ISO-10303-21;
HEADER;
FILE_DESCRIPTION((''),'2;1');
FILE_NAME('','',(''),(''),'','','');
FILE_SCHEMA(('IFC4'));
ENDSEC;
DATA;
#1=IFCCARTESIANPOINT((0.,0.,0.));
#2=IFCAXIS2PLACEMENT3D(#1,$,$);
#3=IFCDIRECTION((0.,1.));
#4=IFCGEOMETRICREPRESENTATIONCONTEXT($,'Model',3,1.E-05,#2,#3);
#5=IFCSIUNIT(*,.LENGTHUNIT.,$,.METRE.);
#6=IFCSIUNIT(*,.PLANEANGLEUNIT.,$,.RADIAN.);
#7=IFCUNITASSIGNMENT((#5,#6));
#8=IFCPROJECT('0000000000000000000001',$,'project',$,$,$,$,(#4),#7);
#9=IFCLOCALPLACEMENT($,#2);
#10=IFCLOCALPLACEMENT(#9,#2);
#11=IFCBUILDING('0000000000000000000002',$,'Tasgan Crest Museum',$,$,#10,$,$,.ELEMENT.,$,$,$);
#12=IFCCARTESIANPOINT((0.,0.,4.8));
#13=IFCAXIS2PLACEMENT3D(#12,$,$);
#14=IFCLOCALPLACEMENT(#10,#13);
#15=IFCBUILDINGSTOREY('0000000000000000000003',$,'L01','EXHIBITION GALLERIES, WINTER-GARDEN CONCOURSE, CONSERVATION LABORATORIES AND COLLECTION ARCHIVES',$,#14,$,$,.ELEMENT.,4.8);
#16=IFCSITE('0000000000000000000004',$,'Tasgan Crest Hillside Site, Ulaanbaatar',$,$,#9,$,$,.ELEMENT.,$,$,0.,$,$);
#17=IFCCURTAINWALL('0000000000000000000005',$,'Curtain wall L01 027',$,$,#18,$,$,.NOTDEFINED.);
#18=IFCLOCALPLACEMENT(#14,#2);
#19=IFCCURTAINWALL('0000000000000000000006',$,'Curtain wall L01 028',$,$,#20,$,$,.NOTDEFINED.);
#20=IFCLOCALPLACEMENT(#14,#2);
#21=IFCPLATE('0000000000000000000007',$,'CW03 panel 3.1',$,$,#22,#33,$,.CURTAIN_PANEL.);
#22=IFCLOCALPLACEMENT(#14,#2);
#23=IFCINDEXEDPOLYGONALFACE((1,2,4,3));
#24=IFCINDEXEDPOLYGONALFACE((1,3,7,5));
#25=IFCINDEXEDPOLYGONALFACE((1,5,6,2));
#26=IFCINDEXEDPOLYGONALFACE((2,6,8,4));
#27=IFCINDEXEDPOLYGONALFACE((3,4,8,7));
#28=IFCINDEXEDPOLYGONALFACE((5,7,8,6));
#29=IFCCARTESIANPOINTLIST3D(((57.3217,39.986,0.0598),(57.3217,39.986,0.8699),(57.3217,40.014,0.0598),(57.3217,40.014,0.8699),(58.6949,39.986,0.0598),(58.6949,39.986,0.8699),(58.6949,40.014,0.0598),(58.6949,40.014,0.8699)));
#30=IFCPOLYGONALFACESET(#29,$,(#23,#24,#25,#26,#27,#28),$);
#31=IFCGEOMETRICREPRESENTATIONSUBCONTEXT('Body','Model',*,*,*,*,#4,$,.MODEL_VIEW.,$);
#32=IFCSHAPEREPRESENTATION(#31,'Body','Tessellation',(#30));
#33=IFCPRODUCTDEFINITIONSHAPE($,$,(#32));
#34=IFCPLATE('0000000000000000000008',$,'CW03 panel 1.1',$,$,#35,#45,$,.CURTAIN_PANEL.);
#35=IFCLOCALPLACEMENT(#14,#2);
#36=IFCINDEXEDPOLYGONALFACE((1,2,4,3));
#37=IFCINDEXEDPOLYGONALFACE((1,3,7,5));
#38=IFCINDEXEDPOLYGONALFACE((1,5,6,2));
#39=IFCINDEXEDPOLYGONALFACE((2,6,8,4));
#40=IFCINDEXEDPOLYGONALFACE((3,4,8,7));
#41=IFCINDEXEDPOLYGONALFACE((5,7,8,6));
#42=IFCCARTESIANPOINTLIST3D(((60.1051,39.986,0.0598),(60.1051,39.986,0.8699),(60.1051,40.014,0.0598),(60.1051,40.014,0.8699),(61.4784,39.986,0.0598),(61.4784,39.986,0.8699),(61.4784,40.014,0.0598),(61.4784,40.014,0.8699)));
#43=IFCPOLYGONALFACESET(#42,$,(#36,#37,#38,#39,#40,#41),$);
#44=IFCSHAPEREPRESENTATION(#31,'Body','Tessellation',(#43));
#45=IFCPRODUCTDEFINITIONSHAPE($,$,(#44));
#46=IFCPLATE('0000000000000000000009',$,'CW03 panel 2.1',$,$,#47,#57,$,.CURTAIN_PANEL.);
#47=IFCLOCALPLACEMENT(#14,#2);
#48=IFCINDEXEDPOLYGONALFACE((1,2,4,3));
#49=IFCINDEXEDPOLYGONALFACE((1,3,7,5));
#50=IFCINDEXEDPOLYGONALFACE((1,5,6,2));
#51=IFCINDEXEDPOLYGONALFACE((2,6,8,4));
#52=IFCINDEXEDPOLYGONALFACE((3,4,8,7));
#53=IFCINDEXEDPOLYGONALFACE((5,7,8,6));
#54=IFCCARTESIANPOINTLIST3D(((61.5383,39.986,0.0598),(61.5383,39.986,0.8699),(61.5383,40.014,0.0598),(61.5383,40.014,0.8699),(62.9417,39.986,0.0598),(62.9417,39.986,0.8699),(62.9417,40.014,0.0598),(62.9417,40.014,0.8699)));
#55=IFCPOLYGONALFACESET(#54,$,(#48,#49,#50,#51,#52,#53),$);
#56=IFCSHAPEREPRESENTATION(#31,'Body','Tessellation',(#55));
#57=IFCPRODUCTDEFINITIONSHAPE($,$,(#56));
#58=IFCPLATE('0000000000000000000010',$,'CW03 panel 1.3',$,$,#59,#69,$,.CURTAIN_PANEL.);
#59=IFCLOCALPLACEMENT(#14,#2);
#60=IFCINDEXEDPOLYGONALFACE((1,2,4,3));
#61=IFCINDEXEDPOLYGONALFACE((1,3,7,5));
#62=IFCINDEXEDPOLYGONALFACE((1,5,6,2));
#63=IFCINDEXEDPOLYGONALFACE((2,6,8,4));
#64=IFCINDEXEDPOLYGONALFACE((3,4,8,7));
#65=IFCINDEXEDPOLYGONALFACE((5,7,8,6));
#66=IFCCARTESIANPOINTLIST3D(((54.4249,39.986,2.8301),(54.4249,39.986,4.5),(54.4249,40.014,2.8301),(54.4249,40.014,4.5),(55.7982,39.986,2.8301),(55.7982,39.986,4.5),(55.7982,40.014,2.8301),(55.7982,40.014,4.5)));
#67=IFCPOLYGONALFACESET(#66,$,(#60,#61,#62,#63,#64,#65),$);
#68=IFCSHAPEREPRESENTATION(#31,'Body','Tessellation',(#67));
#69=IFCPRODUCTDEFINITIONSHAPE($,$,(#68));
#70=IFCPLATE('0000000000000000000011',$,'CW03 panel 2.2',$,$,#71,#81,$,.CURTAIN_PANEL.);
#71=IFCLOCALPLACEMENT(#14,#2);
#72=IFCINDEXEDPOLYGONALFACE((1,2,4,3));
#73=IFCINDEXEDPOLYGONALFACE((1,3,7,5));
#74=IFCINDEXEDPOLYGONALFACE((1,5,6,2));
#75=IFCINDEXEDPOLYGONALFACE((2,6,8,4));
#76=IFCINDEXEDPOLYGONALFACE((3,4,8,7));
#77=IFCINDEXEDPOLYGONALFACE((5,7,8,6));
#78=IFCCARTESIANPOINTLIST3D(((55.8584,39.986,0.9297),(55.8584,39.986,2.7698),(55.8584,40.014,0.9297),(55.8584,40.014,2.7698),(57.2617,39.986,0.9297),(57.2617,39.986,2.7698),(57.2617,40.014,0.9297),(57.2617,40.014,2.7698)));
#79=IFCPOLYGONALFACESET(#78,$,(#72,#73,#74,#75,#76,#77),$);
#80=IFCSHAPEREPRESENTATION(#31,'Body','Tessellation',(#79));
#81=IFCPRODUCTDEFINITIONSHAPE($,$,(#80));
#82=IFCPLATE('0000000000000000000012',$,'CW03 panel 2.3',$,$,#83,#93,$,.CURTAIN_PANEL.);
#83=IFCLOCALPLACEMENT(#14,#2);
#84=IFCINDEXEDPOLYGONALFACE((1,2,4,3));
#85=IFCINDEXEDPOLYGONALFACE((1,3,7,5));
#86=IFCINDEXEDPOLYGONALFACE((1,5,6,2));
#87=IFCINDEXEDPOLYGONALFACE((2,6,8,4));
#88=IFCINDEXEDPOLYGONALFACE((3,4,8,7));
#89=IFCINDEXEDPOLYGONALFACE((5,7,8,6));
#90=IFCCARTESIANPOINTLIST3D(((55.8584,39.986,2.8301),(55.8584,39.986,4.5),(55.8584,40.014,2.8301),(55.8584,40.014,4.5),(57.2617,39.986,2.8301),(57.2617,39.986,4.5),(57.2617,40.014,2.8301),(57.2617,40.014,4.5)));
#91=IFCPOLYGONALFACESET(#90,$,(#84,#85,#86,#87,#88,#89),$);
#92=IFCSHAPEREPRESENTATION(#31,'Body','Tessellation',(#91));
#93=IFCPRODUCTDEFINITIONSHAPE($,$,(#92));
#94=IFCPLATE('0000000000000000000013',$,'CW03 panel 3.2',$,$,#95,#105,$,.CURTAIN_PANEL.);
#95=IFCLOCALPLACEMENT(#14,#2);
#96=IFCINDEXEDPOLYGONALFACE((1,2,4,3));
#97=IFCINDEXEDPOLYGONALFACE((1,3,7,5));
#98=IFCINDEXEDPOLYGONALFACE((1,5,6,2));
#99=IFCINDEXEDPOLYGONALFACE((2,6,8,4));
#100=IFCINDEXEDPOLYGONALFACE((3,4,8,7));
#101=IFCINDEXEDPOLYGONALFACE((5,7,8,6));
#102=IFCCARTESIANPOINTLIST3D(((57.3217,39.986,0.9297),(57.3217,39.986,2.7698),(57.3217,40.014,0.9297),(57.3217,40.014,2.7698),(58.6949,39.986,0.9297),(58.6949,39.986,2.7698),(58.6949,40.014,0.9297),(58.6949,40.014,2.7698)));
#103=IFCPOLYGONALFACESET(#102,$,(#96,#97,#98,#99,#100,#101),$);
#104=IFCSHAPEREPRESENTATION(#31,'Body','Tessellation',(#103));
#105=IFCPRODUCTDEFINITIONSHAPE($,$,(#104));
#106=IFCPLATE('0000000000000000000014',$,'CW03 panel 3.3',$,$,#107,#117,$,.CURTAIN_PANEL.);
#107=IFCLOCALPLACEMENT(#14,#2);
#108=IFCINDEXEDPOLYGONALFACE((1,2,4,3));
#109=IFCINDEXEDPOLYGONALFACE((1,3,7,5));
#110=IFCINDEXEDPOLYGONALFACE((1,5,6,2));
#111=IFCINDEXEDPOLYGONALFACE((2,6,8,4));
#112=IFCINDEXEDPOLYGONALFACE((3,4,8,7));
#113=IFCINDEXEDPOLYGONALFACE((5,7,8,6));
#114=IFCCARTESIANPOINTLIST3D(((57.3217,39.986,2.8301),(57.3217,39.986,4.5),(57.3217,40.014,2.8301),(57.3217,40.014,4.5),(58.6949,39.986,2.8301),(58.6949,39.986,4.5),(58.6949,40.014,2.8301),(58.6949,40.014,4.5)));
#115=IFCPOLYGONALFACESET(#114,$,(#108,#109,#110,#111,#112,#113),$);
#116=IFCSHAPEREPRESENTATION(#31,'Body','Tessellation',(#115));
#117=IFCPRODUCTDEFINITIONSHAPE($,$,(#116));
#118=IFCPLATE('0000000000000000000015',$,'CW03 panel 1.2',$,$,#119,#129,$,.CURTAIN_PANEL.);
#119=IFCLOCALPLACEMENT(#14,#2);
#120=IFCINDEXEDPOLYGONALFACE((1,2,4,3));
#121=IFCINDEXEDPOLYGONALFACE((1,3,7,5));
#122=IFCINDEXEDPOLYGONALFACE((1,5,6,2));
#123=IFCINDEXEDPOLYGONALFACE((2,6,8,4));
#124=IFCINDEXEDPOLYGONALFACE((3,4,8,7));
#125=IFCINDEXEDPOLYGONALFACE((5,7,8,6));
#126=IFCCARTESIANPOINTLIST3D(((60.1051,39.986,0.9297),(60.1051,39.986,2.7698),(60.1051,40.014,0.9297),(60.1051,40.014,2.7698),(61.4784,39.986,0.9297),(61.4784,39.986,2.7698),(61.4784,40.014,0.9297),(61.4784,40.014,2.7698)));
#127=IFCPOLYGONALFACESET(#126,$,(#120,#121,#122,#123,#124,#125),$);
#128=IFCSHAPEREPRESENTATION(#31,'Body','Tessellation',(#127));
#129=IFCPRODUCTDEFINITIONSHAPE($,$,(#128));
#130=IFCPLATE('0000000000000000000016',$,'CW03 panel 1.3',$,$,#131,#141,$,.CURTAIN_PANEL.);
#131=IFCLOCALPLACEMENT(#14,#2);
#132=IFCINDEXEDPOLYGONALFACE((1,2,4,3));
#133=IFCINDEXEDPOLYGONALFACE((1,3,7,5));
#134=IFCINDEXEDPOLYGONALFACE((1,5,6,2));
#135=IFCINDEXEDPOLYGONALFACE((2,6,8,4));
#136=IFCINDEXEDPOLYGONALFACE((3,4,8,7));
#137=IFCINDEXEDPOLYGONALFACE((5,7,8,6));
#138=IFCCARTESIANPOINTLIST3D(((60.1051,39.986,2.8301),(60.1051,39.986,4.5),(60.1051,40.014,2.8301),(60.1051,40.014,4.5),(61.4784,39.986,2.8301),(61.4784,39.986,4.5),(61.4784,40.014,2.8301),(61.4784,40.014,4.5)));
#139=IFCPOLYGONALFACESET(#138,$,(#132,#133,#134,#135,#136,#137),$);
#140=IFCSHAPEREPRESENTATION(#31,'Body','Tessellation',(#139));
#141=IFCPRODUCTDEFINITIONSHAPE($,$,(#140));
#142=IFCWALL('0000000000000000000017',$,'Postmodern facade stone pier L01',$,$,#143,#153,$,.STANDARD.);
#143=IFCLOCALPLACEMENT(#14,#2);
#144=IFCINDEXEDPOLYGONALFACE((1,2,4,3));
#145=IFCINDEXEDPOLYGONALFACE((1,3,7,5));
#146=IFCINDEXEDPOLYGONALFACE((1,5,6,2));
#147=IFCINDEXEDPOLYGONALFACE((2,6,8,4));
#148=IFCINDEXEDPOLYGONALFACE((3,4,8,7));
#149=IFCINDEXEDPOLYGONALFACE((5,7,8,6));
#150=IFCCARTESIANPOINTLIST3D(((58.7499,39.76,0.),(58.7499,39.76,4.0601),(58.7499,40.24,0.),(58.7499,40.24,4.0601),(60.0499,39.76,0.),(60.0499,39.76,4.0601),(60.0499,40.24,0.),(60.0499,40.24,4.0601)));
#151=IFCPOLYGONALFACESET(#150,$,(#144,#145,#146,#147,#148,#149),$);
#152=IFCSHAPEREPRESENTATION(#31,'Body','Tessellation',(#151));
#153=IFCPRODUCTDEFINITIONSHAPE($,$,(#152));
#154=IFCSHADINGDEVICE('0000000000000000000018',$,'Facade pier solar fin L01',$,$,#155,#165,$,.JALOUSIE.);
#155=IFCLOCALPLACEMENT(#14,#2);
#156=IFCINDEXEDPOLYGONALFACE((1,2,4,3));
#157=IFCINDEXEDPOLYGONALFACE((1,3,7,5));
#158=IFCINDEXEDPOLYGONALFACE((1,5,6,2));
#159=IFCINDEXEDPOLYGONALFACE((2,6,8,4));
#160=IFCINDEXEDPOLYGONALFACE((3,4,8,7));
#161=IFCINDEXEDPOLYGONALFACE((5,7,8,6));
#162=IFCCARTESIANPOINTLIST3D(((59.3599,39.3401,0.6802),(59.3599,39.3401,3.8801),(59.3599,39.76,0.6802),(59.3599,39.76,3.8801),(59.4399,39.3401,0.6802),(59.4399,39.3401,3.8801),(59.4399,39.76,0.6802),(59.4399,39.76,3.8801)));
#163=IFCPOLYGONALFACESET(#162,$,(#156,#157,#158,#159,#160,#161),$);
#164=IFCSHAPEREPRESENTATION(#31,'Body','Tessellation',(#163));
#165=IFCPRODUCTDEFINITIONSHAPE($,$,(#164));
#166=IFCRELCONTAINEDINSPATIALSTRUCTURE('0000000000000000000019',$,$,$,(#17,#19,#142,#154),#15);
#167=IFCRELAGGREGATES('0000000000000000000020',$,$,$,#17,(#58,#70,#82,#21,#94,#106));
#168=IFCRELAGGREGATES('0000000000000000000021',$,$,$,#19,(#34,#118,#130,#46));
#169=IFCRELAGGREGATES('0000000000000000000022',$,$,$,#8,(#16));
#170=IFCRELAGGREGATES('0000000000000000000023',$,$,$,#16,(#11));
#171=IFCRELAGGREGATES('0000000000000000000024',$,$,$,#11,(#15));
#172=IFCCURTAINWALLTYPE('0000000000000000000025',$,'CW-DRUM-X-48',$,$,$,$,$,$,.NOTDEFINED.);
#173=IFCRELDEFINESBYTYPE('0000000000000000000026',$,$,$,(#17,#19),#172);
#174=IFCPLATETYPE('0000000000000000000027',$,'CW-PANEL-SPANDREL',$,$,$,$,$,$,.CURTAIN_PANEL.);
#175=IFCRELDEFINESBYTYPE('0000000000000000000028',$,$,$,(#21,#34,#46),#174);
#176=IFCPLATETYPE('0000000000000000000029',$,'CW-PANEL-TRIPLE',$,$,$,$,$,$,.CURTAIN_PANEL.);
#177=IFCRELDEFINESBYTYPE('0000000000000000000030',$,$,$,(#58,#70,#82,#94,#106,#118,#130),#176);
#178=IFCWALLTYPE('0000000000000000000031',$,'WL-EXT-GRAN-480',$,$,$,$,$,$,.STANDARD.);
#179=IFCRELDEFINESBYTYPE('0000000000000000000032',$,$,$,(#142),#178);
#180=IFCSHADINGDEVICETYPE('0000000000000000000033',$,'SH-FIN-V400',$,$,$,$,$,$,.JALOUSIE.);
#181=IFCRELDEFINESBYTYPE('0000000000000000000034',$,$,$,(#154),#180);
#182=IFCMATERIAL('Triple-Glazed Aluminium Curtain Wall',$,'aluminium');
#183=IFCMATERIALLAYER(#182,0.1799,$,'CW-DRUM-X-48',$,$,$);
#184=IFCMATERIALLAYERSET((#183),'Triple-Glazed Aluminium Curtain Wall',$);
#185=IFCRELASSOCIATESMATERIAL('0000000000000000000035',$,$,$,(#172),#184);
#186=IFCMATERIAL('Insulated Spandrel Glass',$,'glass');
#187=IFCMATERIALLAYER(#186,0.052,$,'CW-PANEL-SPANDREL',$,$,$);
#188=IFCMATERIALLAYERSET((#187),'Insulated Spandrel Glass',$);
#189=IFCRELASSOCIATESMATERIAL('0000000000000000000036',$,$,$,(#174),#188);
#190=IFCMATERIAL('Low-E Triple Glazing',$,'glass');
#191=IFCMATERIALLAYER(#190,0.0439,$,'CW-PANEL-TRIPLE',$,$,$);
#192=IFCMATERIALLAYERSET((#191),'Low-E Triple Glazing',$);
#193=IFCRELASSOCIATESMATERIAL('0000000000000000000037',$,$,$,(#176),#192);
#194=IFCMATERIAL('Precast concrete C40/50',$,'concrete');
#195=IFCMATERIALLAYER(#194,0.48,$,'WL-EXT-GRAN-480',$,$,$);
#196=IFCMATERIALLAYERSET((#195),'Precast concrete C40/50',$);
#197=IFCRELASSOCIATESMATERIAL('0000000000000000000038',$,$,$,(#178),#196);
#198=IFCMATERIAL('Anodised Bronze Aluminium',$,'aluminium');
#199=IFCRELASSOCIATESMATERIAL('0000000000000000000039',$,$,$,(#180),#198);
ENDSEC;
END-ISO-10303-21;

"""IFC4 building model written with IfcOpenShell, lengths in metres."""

from ifc_helpers import new_model, si_unit, direction, frame, frame_2d, origin, origin_2d, place, context, subcontext, project, spatial, rectangle, extrude, material, layer, layer_set, type_object, element, aggregate, save


model = new_model("IFC4")

# Units and contexts
model_context = context("Model", 3, precision=1e-05, world=origin(), true_north=direction((0.0, 1.0)))
body_context = subcontext(model_context, "Body", "Model", "MODEL_VIEW")
ifc_project = project(units=[si_unit("LENGTHUNIT", "METRE"), si_unit("PLANEANGLEUNIT", "RADIAN")], contexts=[model_context])

# Site, building, storey
site_placement = place(None, origin())
site = spatial("IfcSite", under=ifc_project, at=site_placement, Name="Tasgan Crest Hillside Site, Ulaanbaatar", CompositionType="ELEMENT", RefElevation=0.0)
building_placement = place(site_placement, origin())
building = spatial("IfcBuilding", under=site, at=building_placement, Name="Tasgan Crest Museum", CompositionType="ELEMENT")
storey_placement = place(building_placement, frame((0.0, 0.0, 4.8)))
storey = spatial("IfcBuildingStorey", under=building, at=storey_placement, Name="L01", Description="EXHIBITION GALLERIES, WINTER-GARDEN CONCOURSE, CONSERVATION LABORATORIES AND COLLECTION ARCHIVES", CompositionType="ELEMENT", Elevation=4.8)

# Curtain walls
ifc_material_1 = material(Name="Triple-Glazed Aluminium Curtain Wall", Category="aluminium")
ifc_layer_1 = layer(ifc_material_1, 0.1799, Name="CW-DRUM-X-48")
ifc_layer_set_1 = layer_set([ifc_layer_1], Name="Triple-Glazed Aluminium Curtain Wall")
curtain_wall_type = type_object("IfcCurtainWallType", Name="CW-DRUM-X-48", PredefinedType="NOTDEFINED", material=ifc_layer_set_1)
curtain_wall_1_placement = place(storey_placement, origin())
curtain_wall_1 = element("IfcCurtainWall", 1, at=curtain_wall_1_placement, inside=storey, type_object=curtain_wall_type, Name="Curtain wall L01 027", PredefinedType="NOTDEFINED")
curtain_wall_2_placement = place(storey_placement, origin())
curtain_wall_2 = element("IfcCurtainWall", 2, at=curtain_wall_2_placement, inside=storey, type_object=curtain_wall_type, Name="Curtain wall L01 028", PredefinedType="NOTDEFINED")

# Plates
ifc_material_2 = material(Name="Insulated Spandrel Glass", Category="glass")
ifc_layer_2 = layer(ifc_material_2, 0.052, Name="CW-PANEL-SPANDREL")
ifc_layer_set_2 = layer_set([ifc_layer_2], Name="Insulated Spandrel Glass")
plate_type_1 = type_object("IfcPlateType", Name="CW-PANEL-SPANDREL", PredefinedType="CURTAIN_PANEL", material=ifc_layer_set_2)
plate_1_placement = place(storey_placement, frame((58.0083, 40.0, 0.0598), z_axis=(0.0, 0.0, 1.0), x_axis=(1.0, 0.0, 0.0)))
plate_1 = element("IfcPlate", 3, at=plate_1_placement, type_object=plate_type_1, Name="CW03 panel 3.1", PredefinedType="CURTAIN_PANEL", context=body_context, shape_type="SweptSolid", body=[
    extrude(rectangle(XDim=1.3733, YDim=0.0281, at=origin_2d()), origin(), (0.0, 0.0, 1.0), 0.8101),
])
plate_2_placement = place(storey_placement, frame((60.7917, 40.0, 0.0598), z_axis=(0.0, 0.0, 1.0), x_axis=(1.0, 0.0, 0.0)))
plate_2 = element("IfcPlate", 4, at=plate_2_placement, type_object=plate_type_1, Name="CW03 panel 1.1", PredefinedType="CURTAIN_PANEL", context=body_context, shape_type="SweptSolid", body=[
    extrude(rectangle(XDim=1.3733, YDim=0.0281, at=origin_2d()), origin(), (0.0, 0.0, 1.0), 0.8101),
])
plate_3_placement = place(storey_placement, frame((62.24, 40.0, 0.0598), z_axis=(0.0, 0.0, 1.0), x_axis=(1.0, 0.0, 0.0)))
plate_3 = element("IfcPlate", 5, at=plate_3_placement, type_object=plate_type_1, Name="CW03 panel 2.1", PredefinedType="CURTAIN_PANEL", context=body_context, shape_type="SweptSolid", body=[
    extrude(rectangle(XDim=1.4033, YDim=0.0281, at=origin_2d()), origin(), (0.0, 0.0, 1.0), 0.8101),
])
ifc_material_3 = material(Name="Low-E Triple Glazing", Category="glass")
ifc_layer_3 = layer(ifc_material_3, 0.0439, Name="CW-PANEL-TRIPLE")
ifc_layer_set_3 = layer_set([ifc_layer_3], Name="Low-E Triple Glazing")
plate_type_2 = type_object("IfcPlateType", Name="CW-PANEL-TRIPLE", PredefinedType="CURTAIN_PANEL", material=ifc_layer_set_3)
plate_4_placement = place(storey_placement, frame((55.1116, 40.0, 2.8301), z_axis=(0.0, 0.0, 1.0), x_axis=(1.0, 0.0, 0.0)))
plate_4 = element("IfcPlate", 6, at=plate_4_placement, type_object=plate_type_2, Name="CW03 panel 1.3", PredefinedType="CURTAIN_PANEL", context=body_context, shape_type="SweptSolid", body=[
    extrude(rectangle(XDim=1.3733, YDim=0.0281, at=origin_2d()), origin(), (0.0, 0.0, 1.0), 1.6699),
])
plate_5_placement = place(storey_placement, frame((56.5601, 40.0, 0.9297), z_axis=(0.0, 0.0, 1.0), x_axis=(1.0, 0.0, 0.0)))
plate_5 = element("IfcPlate", 7, at=plate_5_placement, type_object=plate_type_2, Name="CW03 panel 2.2", PredefinedType="CURTAIN_PANEL", context=body_context, shape_type="SweptSolid", body=[
    extrude(rectangle(XDim=1.4033, YDim=0.0281, at=origin_2d()), origin(), (0.0, 0.0, 1.0), 1.8401),
])
plate_6_placement = place(storey_placement, frame((56.5601, 40.0, 2.8301), z_axis=(0.0, 0.0, 1.0), x_axis=(1.0, 0.0, 0.0)))
plate_6 = element("IfcPlate", 8, at=plate_6_placement, type_object=plate_type_2, Name="CW03 panel 2.3", PredefinedType="CURTAIN_PANEL", context=body_context, shape_type="SweptSolid", body=[
    extrude(rectangle(XDim=1.4033, YDim=0.0281, at=origin_2d()), origin(), (0.0, 0.0, 1.0), 1.6699),
])
plate_7_placement = place(storey_placement, frame((58.0083, 40.0, 0.9297), z_axis=(0.0, 0.0, 1.0), x_axis=(1.0, 0.0, 0.0)))
plate_7 = element("IfcPlate", 9, at=plate_7_placement, type_object=plate_type_2, Name="CW03 panel 3.2", PredefinedType="CURTAIN_PANEL", context=body_context, shape_type="SweptSolid", body=[
    extrude(rectangle(XDim=1.3733, YDim=0.0281, at=origin_2d()), origin(), (0.0, 0.0, 1.0), 1.8401),
])
plate_8_placement = place(storey_placement, frame((58.0083, 40.0, 2.8301), z_axis=(0.0, 0.0, 1.0), x_axis=(1.0, 0.0, 0.0)))
plate_8 = element("IfcPlate", 10, at=plate_8_placement, type_object=plate_type_2, Name="CW03 panel 3.3", PredefinedType="CURTAIN_PANEL", context=body_context, shape_type="SweptSolid", body=[
    extrude(rectangle(XDim=1.3733, YDim=0.0281, at=origin_2d()), origin(), (0.0, 0.0, 1.0), 1.6699),
])
aggregate(curtain_wall_1, [plate_4, plate_5, plate_6, plate_1, plate_7, plate_8])
plate_9_placement = place(storey_placement, frame((60.7917, 40.0, 0.9297), z_axis=(0.0, 0.0, 1.0), x_axis=(1.0, 0.0, 0.0)))
plate_9 = element("IfcPlate", 11, at=plate_9_placement, type_object=plate_type_2, Name="CW03 panel 1.2", PredefinedType="CURTAIN_PANEL", context=body_context, shape_type="SweptSolid", body=[
    extrude(rectangle(XDim=1.3733, YDim=0.0281, at=origin_2d()), origin(), (0.0, 0.0, 1.0), 1.8401),
])
plate_10_placement = place(storey_placement, frame((60.7917, 40.0, 2.8301), z_axis=(0.0, 0.0, 1.0), x_axis=(1.0, 0.0, 0.0)))
plate_10 = element("IfcPlate", 12, at=plate_10_placement, type_object=plate_type_2, Name="CW03 panel 1.3", PredefinedType="CURTAIN_PANEL", context=body_context, shape_type="SweptSolid", body=[
    extrude(rectangle(XDim=1.3733, YDim=0.0281, at=origin_2d()), origin(), (0.0, 0.0, 1.0), 1.6699),
])
aggregate(curtain_wall_2, [plate_2, plate_9, plate_10, plate_3])

# Wall
ifc_material_4 = material(Name="Precast concrete C40/50", Category="concrete")
ifc_layer_4 = layer(ifc_material_4, 0.48, Name="WL-EXT-GRAN-480")
ifc_layer_set_4 = layer_set([ifc_layer_4], Name="Precast concrete C40/50")
wall_type = type_object("IfcWallType", Name="WL-EXT-GRAN-480", PredefinedType="STANDARD", material=ifc_layer_set_4)
wall_placement = place(storey_placement, frame((58.75, 40.0, 0.0), z_axis=(0.0, 0.0, 1.0), x_axis=(1.0, 0.0, 0.0)))
element("IfcWall", 13, at=wall_placement, inside=storey, type_object=wall_type, Name="Postmodern facade stone pier L01", PredefinedType="STANDARD", context=body_context, shape_type="SweptSolid", body=[
    extrude(rectangle(XDim=1.3, YDim=0.48, at=frame_2d((0.6499, 0.0))), origin(), (0.0, 0.0, 1.0), 4.0601),
])

# Shading device
ifc_material_5 = material(Name="Anodised Bronze Aluminium", Category="aluminium")
shading_device_type = type_object("IfcShadingDeviceType", Name="SH-FIN-V400", PredefinedType="JALOUSIE", material=ifc_material_5)
shading_device_placement = place(storey_placement, frame((59.3999, 39.55, 0.6802), z_axis=(0.0, 0.0, 1.0), x_axis=(1.0, 0.0, 0.0)))
element("IfcShadingDevice", 14, at=shading_device_placement, inside=storey, type_object=shading_device_type, Name="Facade pier solar fin L01", PredefinedType="JALOUSIE", context=body_context, shape_type="SweptSolid", body=[
    extrude(rectangle(XDim=0.0801, YDim=0.4199, at=origin_2d()), origin(), (0.0, 0.0, 1.0), 3.2),
])

save(model, "model.ifc")
